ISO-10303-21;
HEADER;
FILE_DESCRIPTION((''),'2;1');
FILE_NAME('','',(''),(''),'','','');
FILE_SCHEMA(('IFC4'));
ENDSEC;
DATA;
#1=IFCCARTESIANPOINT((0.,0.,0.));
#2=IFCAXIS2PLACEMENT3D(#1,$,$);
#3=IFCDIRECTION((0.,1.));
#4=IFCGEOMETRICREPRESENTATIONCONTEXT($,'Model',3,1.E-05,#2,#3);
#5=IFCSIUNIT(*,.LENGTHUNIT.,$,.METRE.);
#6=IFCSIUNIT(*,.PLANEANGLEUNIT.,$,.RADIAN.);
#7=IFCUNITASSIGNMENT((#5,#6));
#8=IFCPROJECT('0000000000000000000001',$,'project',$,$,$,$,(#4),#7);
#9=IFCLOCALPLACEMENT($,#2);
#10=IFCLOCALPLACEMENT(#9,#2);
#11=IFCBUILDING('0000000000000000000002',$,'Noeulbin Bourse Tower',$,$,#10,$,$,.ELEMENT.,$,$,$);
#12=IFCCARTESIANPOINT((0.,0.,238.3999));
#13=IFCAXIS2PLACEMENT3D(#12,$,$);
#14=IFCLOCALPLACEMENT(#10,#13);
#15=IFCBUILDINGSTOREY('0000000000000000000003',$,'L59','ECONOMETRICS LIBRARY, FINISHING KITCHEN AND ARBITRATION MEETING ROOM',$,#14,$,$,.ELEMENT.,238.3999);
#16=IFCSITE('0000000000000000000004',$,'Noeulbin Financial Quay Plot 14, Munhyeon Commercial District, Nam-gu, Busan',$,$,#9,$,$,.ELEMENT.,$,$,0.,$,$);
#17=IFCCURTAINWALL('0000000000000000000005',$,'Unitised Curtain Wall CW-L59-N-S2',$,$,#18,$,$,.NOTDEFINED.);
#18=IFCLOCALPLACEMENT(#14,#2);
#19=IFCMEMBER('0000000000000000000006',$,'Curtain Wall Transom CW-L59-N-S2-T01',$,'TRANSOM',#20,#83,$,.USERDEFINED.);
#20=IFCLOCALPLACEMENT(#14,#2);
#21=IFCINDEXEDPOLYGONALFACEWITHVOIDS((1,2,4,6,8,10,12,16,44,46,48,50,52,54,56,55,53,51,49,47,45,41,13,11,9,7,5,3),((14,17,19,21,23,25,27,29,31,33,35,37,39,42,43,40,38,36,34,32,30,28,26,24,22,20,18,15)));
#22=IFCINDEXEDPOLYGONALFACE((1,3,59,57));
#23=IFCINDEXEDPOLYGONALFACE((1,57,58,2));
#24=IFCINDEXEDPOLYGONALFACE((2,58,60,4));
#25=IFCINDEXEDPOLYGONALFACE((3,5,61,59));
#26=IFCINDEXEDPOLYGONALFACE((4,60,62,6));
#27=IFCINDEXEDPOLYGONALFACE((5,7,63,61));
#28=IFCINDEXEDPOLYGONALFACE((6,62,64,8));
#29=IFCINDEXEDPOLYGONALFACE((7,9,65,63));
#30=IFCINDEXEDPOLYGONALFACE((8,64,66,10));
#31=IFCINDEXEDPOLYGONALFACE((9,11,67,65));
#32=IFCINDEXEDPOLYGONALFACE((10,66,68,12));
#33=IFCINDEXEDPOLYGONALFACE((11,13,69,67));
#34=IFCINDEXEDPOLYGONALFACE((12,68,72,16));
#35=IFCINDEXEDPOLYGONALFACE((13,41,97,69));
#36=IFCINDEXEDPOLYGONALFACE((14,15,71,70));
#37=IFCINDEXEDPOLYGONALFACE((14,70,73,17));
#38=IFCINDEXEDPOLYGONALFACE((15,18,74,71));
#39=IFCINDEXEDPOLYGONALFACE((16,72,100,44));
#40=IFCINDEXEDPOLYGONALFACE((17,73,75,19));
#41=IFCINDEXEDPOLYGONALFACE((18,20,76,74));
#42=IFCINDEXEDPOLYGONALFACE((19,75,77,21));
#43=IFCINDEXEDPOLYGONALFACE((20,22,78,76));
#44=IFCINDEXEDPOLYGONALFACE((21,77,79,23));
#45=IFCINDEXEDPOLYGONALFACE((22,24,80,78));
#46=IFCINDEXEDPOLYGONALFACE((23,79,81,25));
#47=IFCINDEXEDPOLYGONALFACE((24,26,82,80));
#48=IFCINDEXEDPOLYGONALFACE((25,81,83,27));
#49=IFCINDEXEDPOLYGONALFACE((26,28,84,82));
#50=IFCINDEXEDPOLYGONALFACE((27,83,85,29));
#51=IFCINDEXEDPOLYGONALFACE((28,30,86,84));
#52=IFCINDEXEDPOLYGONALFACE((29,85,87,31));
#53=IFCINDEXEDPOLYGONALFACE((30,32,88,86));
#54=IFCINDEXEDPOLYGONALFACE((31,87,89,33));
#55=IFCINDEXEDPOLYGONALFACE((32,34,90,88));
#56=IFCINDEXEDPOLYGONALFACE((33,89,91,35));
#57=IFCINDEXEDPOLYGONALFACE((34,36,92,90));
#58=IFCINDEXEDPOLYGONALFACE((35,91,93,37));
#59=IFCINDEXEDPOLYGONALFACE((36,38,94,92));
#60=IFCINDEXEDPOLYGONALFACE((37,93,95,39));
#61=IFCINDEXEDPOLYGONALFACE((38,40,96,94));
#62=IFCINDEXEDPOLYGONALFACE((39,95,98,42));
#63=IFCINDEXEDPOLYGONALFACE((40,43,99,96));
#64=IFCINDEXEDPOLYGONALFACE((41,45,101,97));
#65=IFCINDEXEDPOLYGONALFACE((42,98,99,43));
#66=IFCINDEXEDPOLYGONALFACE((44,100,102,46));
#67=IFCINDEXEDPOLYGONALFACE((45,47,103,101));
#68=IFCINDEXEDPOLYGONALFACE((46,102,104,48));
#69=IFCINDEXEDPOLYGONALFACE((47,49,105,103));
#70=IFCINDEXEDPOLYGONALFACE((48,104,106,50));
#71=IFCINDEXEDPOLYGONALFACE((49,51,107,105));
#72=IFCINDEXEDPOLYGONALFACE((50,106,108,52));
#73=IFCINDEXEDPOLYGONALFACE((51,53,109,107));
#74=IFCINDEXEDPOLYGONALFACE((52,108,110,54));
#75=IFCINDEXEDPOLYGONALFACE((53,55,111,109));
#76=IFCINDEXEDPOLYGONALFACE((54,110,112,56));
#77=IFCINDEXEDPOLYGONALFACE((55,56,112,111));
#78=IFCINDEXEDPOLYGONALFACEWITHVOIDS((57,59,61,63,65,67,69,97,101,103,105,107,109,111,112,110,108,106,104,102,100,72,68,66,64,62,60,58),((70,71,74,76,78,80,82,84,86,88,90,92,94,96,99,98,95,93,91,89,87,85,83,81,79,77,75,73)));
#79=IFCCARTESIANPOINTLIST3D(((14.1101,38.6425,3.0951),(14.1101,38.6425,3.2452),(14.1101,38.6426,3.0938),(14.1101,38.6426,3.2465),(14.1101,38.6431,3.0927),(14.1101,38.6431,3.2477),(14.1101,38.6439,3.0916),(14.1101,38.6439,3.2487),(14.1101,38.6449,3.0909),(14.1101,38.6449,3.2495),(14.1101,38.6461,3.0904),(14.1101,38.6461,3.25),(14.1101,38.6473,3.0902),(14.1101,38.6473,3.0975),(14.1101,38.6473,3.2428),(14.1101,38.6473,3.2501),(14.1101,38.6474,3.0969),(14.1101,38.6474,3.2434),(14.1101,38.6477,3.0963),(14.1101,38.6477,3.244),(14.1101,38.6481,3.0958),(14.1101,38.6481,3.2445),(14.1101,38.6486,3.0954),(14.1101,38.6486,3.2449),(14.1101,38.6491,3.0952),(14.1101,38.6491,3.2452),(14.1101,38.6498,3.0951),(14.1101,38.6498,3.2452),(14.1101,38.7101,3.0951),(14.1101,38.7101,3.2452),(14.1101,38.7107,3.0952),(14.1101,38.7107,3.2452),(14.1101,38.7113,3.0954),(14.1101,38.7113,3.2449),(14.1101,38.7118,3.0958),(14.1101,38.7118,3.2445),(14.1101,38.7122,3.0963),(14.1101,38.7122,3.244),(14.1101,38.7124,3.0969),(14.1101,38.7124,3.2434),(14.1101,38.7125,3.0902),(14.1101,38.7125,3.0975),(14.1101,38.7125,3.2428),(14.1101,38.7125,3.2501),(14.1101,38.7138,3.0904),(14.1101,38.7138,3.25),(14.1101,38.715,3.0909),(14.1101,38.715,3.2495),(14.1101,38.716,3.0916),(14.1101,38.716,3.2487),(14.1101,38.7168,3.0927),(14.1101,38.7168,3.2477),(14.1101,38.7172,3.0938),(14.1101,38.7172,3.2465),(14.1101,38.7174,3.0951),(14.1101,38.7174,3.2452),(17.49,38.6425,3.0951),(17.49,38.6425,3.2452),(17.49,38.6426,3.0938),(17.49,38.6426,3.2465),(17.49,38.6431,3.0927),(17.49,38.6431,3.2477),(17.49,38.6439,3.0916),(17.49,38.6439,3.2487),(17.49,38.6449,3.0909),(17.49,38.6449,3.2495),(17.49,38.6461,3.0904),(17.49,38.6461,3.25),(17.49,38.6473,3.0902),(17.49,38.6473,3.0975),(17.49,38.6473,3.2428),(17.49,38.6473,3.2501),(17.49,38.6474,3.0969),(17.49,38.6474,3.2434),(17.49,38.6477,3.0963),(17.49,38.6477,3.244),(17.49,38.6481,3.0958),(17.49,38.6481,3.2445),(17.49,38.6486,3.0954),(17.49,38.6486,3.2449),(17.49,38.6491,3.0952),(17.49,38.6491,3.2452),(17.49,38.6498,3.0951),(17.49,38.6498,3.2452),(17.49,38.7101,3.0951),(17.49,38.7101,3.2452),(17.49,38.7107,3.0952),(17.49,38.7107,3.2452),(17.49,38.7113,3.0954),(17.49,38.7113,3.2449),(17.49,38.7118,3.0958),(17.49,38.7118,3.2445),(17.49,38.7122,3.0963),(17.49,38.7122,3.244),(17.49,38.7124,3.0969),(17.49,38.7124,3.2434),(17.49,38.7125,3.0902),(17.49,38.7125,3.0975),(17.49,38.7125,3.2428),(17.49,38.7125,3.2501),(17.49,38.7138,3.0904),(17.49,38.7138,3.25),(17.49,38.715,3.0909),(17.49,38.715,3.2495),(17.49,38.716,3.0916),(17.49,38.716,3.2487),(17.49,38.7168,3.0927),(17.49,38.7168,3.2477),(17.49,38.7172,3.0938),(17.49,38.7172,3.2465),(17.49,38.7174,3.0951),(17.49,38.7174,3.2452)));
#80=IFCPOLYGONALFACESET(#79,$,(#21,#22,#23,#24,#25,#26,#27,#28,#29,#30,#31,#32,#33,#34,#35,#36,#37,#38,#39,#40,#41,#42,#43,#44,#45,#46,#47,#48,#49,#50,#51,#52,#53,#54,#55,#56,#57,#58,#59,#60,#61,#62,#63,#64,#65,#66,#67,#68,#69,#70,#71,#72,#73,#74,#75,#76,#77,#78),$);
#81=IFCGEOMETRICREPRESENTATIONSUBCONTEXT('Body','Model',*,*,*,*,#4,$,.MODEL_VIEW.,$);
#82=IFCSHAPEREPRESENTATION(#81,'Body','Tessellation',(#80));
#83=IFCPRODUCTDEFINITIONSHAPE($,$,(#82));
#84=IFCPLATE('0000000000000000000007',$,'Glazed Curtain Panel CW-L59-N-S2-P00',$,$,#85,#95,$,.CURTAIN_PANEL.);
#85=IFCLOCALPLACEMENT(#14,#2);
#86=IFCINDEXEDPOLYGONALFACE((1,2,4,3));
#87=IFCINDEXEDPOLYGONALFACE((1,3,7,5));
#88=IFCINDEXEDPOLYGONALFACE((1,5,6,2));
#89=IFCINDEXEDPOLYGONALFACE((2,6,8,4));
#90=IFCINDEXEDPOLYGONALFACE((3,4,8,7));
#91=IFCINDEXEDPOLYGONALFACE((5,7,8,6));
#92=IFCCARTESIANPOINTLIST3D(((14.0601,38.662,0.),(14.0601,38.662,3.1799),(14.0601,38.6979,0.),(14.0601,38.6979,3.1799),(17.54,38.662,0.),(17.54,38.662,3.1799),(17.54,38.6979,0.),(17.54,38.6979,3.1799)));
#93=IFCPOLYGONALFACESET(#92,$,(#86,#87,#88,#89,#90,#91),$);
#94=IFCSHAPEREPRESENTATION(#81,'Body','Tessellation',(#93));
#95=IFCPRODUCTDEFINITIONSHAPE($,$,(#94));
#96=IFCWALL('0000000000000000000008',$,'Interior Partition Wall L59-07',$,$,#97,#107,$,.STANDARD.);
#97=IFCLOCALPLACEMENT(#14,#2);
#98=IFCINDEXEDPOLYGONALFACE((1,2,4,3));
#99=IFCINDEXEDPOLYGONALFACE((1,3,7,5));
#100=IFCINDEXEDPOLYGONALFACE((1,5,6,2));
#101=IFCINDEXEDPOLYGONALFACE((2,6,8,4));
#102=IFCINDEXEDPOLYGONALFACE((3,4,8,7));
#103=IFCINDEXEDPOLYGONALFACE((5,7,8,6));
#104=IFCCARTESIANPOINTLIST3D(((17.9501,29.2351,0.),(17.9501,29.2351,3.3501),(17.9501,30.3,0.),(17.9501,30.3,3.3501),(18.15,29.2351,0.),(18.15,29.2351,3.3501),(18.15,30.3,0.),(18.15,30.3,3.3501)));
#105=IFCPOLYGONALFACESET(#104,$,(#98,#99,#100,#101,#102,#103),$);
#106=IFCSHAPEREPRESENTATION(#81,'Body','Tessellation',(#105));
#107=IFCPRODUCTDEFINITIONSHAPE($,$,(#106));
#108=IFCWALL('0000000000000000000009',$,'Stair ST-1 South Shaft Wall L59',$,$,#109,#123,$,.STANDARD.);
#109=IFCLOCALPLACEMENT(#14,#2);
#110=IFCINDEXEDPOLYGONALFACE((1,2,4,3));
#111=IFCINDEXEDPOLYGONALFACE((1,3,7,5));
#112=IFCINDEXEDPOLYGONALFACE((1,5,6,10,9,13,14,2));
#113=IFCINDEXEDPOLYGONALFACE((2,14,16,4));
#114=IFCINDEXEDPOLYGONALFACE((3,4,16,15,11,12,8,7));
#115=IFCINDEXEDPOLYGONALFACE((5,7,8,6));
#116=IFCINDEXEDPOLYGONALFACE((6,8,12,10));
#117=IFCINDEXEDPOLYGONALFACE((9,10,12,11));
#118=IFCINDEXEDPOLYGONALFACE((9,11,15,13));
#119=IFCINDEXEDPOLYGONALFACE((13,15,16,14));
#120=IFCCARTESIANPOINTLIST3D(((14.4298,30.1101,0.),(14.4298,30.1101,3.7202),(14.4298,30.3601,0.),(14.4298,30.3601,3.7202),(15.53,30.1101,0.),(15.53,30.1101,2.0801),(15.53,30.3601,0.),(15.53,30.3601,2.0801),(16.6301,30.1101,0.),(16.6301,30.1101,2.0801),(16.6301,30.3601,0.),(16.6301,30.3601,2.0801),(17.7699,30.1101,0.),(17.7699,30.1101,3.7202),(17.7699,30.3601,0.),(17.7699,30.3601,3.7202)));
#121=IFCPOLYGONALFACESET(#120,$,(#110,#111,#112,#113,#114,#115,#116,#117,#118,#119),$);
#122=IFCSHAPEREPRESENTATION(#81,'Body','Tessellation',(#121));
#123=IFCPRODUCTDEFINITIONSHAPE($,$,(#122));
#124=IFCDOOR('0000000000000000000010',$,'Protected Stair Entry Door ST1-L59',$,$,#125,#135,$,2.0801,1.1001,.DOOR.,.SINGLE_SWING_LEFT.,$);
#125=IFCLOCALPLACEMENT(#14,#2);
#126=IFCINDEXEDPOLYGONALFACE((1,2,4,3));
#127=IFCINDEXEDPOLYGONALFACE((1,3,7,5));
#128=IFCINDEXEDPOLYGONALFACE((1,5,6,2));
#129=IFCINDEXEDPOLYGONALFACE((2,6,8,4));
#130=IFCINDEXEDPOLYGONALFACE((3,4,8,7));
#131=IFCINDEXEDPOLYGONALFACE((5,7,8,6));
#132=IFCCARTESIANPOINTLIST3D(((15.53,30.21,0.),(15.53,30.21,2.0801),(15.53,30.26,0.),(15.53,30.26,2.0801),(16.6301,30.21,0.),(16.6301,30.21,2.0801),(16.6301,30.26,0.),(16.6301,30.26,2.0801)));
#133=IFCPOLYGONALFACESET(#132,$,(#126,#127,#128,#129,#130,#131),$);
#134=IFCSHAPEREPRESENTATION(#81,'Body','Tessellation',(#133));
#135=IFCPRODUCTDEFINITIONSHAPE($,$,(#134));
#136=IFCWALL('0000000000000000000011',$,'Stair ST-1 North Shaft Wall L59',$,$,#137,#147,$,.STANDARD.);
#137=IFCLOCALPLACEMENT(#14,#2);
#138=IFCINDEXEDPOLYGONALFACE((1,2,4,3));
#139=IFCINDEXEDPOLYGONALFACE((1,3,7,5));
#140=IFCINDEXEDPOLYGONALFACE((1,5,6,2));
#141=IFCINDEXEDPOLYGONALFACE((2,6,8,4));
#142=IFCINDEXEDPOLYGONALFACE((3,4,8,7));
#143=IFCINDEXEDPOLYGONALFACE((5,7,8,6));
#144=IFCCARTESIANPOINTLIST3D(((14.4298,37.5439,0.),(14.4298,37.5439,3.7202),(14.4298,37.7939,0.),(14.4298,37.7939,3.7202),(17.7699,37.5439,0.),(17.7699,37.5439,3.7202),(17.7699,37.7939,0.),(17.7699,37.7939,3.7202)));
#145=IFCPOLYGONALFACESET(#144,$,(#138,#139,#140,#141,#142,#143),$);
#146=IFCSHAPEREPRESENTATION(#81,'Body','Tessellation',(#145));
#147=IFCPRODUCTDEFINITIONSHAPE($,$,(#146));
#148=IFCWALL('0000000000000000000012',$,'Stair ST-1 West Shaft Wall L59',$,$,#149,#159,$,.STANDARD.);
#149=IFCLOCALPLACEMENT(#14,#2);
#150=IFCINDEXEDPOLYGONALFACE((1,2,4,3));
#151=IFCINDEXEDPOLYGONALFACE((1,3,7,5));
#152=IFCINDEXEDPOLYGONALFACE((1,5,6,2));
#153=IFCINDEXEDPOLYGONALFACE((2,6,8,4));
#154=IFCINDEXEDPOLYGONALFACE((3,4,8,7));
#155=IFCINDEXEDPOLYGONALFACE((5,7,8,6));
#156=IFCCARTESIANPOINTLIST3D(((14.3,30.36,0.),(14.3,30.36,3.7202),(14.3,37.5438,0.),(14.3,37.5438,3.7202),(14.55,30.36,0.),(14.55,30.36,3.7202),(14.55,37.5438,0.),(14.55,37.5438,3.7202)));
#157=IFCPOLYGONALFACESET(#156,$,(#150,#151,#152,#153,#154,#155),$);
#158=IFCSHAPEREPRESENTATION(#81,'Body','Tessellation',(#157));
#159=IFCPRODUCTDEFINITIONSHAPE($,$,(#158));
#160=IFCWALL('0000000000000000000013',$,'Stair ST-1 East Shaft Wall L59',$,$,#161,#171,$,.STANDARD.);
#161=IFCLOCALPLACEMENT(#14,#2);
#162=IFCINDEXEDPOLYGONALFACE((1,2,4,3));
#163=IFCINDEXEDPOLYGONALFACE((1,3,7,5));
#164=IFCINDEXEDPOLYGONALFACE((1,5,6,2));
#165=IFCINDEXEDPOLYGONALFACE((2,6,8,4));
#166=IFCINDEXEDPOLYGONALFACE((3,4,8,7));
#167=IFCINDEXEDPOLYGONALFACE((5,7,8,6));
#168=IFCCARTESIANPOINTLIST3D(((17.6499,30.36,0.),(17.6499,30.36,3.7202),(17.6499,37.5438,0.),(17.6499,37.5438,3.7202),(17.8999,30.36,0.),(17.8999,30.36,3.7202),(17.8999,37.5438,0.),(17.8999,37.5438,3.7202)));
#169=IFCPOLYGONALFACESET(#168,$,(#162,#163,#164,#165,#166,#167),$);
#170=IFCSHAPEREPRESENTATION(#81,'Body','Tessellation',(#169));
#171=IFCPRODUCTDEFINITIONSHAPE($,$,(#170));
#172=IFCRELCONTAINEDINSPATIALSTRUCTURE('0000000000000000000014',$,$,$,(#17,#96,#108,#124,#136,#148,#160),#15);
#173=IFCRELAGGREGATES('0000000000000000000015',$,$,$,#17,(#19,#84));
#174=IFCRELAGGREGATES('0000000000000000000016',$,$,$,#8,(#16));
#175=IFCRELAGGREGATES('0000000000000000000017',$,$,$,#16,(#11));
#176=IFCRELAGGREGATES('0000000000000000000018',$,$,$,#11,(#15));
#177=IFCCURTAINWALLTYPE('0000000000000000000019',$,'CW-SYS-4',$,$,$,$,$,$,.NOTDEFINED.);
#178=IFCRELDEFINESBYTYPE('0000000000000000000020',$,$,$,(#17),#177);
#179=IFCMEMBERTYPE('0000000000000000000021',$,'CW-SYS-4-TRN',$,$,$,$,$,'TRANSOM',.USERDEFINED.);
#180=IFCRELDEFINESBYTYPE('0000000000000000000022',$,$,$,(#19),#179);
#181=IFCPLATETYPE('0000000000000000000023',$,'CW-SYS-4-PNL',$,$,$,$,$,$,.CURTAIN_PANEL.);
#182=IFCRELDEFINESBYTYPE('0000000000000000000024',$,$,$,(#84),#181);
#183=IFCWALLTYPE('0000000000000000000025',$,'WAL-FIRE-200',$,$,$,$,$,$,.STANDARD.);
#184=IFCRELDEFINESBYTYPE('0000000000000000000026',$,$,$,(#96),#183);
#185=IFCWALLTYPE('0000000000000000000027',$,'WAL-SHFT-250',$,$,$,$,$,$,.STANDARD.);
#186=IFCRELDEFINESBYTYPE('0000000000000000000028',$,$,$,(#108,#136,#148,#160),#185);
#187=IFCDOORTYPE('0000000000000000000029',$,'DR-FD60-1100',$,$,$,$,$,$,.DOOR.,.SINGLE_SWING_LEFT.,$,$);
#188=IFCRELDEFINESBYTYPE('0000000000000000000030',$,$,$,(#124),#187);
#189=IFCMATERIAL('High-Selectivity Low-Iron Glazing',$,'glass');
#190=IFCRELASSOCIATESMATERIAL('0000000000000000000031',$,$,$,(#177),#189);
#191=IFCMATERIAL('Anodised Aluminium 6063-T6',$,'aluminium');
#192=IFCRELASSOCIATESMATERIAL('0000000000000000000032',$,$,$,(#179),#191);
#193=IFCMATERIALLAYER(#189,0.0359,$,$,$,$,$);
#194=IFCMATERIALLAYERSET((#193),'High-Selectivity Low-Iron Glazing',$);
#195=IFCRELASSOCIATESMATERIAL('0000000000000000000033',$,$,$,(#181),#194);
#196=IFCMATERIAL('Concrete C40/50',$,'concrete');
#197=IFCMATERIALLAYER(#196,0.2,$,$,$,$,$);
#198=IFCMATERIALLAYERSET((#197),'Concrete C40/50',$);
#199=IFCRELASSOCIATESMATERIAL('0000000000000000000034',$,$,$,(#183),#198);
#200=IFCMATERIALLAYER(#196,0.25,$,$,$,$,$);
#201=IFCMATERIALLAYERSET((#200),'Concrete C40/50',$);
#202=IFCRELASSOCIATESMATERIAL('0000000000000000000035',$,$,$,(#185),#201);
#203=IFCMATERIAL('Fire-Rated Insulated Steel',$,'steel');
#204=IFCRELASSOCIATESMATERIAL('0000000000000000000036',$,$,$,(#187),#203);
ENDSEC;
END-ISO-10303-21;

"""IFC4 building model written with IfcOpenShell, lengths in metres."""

from ifc_helpers import new_model, si_unit, direction, frame, frame_2d, origin, origin_2d, place, context, subcontext, project, spatial, rectangle, hollow_rectangle, extrude, material, layer, layer_set, material_profile, profile_set, type_object, element, fill, aggregate, save


model = new_model("IFC4")

# Units and contexts
model_context = context("Model", 3, precision=1e-05, world=origin(), true_north=direction((0.0, 1.0)))
body_context = subcontext(model_context, "Body", "Model", "MODEL_VIEW")
ifc_project = project(units=[si_unit("LENGTHUNIT", "METRE"), si_unit("PLANEANGLEUNIT", "RADIAN")], contexts=[model_context])

# Site, building, storey
site_placement = place(None, origin())
site = spatial("IfcSite", under=ifc_project, at=site_placement, Name="Noeulbin Financial Quay Plot 14, Munhyeon Commercial District, Nam-gu, Busan", CompositionType="ELEMENT", RefElevation=0.0)
building_placement = place(site_placement, origin())
building = spatial("IfcBuilding", under=site, at=building_placement, Name="Noeulbin Bourse Tower", CompositionType="ELEMENT")
storey_placement = place(building_placement, frame((0.0, 0.0, 238.3999)))
storey = spatial("IfcBuildingStorey", under=building, at=storey_placement, Name="L59", Description="ECONOMETRICS LIBRARY, FINISHING KITCHEN AND ARBITRATION MEETING ROOM", CompositionType="ELEMENT", Elevation=238.3999)

# Curtain wall, member, plate
ifc_material_1 = material(Name="High-Selectivity Low-Iron Glazing", Category="glass")
curtain_wall_type = type_object("IfcCurtainWallType", Name="CW-SYS-4", PredefinedType="NOTDEFINED", material=ifc_material_1)
curtain_wall_placement = place(storey_placement, origin())
curtain_wall = element("IfcCurtainWall", 1, at=curtain_wall_placement, inside=storey, type_object=curtain_wall_type, Name="Unitised Curtain Wall CW-L59-N-S2", PredefinedType="NOTDEFINED")
ifc_material_2 = material(Name="Anodised Aluminium 6063-T6", Category="aluminium")
ifc_material_profile_1 = material_profile(ifc_material_2, hollow_rectangle(XDim=0.075, YDim=0.1599, WallThickness=0.0049, InnerFilletRadius=0.0024, OuterFilletRadius=0.0049, at=origin_2d()), Name="ALU-TRAN-75x160x5", Category="LoadBearing")
ifc_profile_set_1 = profile_set([ifc_material_profile_1], Name="Anodised Aluminium 6063-T6")
member_type_1 = type_object("IfcMemberType", Name="CW-SYS-4-TRN", ElementType="TRANSOM", PredefinedType="USERDEFINED", material=ifc_profile_set_1)
member_1_placement = place(storey_placement, frame((14.1101, 38.6799, 3.1702), z_axis=(1.0, 0.0, 0.0), x_axis=(0.0, 1.0, 0.0)))
member_1 = element("IfcMember", 2, at=member_1_placement, type_object=member_type_1, Name="Curtain Wall Transom CW-L59-N-S2-T01", ObjectType="TRANSOM", PredefinedType="USERDEFINED", context=body_context, shape_type="SweptSolid", body=[
    extrude(hollow_rectangle(XDim=0.075, YDim=0.1599, WallThickness=0.0049, InnerFilletRadius=0.0024, OuterFilletRadius=0.0049, at=origin_2d()), origin(), (0.0, 0.0, 1.0), 3.3799),
])
ifc_layer_1 = layer(ifc_material_1, 0.0359)
ifc_layer_set_1 = layer_set([ifc_layer_1], Name="High-Selectivity Low-Iron Glazing")
plate_type = type_object("IfcPlateType", Name="CW-SYS-4-PNL", PredefinedType="CURTAIN_PANEL", material=ifc_layer_set_1)
plate_placement = place(storey_placement, frame((15.8, 38.6799, 0.0), z_axis=(0.0, 0.0, 1.0), x_axis=(1.0, 0.0, 0.0)))
plate = element("IfcPlate", 3, at=plate_placement, type_object=plate_type, Name="Glazed Curtain Panel CW-L59-N-S2-P00", PredefinedType="CURTAIN_PANEL", context=body_context, shape_type="SweptSolid", body=[
    extrude(rectangle(XDim=3.48, YDim=0.0359, at=origin_2d()), origin(), (0.0, 0.0, 1.0), 3.1799),
])
aggregate(curtain_wall, [member_1, plate])

# Wall
ifc_material_3 = material(Name="Concrete C40/50", Category="concrete")
ifc_layer_2 = layer(ifc_material_3, 0.2)
ifc_layer_set_2 = layer_set([ifc_layer_2], Name="Concrete C40/50")
wall_type_1 = type_object("IfcWallType", Name="WAL-FIRE-200", PredefinedType="STANDARD", material=ifc_layer_set_2)
wall_1_placement = place(storey_placement, frame((18.05, 29.2351, 0.0), z_axis=(0.0, 0.0, 1.0), x_axis=(0.0, 1.0, 0.0)))
element("IfcWall", 4, at=wall_1_placement, inside=storey, type_object=wall_type_1, Name="Interior Partition Wall L59-07", PredefinedType="STANDARD", context=body_context, shape_type="SweptSolid", body=[
    extrude(rectangle(XDim=1.0649, YDim=0.2, at=frame_2d((0.5325, 0.0))), origin(), (0.0, 0.0, 1.0), 3.3501),
])

# Wall, opening, door
ifc_layer_3 = layer(ifc_material_3, 0.25)
ifc_layer_set_3 = layer_set([ifc_layer_3], Name="Concrete C40/50")
wall_type_2 = type_object("IfcWallType", Name="WAL-SHFT-250", PredefinedType="STANDARD", material=ifc_layer_set_3)
wall_2_placement = place(storey_placement, frame((14.4299, 30.2351, 0.0), z_axis=(0.0, 0.0, 1.0), x_axis=(1.0, 0.0, 0.0)))
wall_2 = element("IfcWall", 5, at=wall_2_placement, inside=storey, type_object=wall_type_2, Name="Stair ST-1 South Shaft Wall L59", PredefinedType="STANDARD", context=body_context, shape_type="SweptSolid", body=[
    extrude(rectangle(XDim=3.3401, YDim=0.25, at=frame_2d((1.6699, 0.0))), origin(), (0.0, 0.0, 1.0), 3.7202),
])
opening_placement = place(wall_2_placement, frame((1.1001, 0.0, 0.0)))
opening = element("IfcOpeningElement", 6, at=opening_placement, cuts=wall_2, PredefinedType="OPENING", context=body_context, shape_type="SweptSolid", body=[
    extrude(rectangle(XDim=1.1001, YDim=2.0801, at=frame_2d((0.55, 1.04))), frame((0.0, 0.135, 0.0), z_axis=(0.0, -1.0, 0.0), x_axis=(1.0, 0.0, 0.0)), (0.0, 0.0, 1.0), 0.27),
])
ifc_material_4 = material(Name="Fire-Rated Insulated Steel", Category="steel")
door_type = type_object("IfcDoorType", Name="DR-FD60-1100", OperationType="SINGLE_SWING_LEFT", PredefinedType="DOOR", material=ifc_material_4)
door_placement = place(opening_placement, origin())
door = element("IfcDoor", 7, at=door_placement, inside=storey, type_object=door_type, Name="Protected Stair Entry Door ST1-L59", OperationType="SINGLE_SWING_LEFT", OverallHeight=2.0801, OverallWidth=1.1001, PredefinedType="DOOR", context=body_context, shape_type="SweptSolid", body=[
    extrude(rectangle(XDim=1.1001, YDim=2.0801, at=frame_2d((0.55, 1.04))), frame((0.0, 0.0249, 0.0), z_axis=(0.0, -1.0, 0.0), x_axis=(1.0, 0.0, 0.0)), (0.0, 0.0, 1.0), 0.05),
])
fill(opening, door)

# Walls
wall_3_placement = place(storey_placement, frame((14.4299, 37.6689, 0.0), z_axis=(0.0, 0.0, 1.0), x_axis=(1.0, 0.0, 0.0)))
element("IfcWall", 8, at=wall_3_placement, inside=storey, type_object=wall_type_2, Name="Stair ST-1 North Shaft Wall L59", PredefinedType="STANDARD", context=body_context, shape_type="SweptSolid", body=[
    extrude(rectangle(XDim=3.3401, YDim=0.25, at=frame_2d((1.6699, 0.0))), origin(), (0.0, 0.0, 1.0), 3.7202),
])
for number, where, z_axis, x_axis, name in (
    (9, (14.425, 30.3601, 0.0), (0.0, 0.0, 1.0), (0.0, 1.0, 0.0), "Stair ST-1 West Shaft Wall L59"),
    (10, (17.7749, 30.3601, 0.0), (0.0, 0.0, 1.0), (0.0, 1.0, 0.0), "Stair ST-1 East Shaft Wall L59"),
):
    element("IfcWall", number, at=place(storey_placement, frame(where, z_axis=z_axis, x_axis=x_axis)), inside=storey, type_object=wall_type_2, Name=name, PredefinedType="STANDARD", context=body_context, shape_type="SweptSolid", body=[
        extrude(rectangle(XDim=7.1838, YDim=0.25, at=frame_2d((3.5918, 0.0))), origin(), (0.0, 0.0, 1.0), 3.7202),
    ])

save(model, "model.ifc")
